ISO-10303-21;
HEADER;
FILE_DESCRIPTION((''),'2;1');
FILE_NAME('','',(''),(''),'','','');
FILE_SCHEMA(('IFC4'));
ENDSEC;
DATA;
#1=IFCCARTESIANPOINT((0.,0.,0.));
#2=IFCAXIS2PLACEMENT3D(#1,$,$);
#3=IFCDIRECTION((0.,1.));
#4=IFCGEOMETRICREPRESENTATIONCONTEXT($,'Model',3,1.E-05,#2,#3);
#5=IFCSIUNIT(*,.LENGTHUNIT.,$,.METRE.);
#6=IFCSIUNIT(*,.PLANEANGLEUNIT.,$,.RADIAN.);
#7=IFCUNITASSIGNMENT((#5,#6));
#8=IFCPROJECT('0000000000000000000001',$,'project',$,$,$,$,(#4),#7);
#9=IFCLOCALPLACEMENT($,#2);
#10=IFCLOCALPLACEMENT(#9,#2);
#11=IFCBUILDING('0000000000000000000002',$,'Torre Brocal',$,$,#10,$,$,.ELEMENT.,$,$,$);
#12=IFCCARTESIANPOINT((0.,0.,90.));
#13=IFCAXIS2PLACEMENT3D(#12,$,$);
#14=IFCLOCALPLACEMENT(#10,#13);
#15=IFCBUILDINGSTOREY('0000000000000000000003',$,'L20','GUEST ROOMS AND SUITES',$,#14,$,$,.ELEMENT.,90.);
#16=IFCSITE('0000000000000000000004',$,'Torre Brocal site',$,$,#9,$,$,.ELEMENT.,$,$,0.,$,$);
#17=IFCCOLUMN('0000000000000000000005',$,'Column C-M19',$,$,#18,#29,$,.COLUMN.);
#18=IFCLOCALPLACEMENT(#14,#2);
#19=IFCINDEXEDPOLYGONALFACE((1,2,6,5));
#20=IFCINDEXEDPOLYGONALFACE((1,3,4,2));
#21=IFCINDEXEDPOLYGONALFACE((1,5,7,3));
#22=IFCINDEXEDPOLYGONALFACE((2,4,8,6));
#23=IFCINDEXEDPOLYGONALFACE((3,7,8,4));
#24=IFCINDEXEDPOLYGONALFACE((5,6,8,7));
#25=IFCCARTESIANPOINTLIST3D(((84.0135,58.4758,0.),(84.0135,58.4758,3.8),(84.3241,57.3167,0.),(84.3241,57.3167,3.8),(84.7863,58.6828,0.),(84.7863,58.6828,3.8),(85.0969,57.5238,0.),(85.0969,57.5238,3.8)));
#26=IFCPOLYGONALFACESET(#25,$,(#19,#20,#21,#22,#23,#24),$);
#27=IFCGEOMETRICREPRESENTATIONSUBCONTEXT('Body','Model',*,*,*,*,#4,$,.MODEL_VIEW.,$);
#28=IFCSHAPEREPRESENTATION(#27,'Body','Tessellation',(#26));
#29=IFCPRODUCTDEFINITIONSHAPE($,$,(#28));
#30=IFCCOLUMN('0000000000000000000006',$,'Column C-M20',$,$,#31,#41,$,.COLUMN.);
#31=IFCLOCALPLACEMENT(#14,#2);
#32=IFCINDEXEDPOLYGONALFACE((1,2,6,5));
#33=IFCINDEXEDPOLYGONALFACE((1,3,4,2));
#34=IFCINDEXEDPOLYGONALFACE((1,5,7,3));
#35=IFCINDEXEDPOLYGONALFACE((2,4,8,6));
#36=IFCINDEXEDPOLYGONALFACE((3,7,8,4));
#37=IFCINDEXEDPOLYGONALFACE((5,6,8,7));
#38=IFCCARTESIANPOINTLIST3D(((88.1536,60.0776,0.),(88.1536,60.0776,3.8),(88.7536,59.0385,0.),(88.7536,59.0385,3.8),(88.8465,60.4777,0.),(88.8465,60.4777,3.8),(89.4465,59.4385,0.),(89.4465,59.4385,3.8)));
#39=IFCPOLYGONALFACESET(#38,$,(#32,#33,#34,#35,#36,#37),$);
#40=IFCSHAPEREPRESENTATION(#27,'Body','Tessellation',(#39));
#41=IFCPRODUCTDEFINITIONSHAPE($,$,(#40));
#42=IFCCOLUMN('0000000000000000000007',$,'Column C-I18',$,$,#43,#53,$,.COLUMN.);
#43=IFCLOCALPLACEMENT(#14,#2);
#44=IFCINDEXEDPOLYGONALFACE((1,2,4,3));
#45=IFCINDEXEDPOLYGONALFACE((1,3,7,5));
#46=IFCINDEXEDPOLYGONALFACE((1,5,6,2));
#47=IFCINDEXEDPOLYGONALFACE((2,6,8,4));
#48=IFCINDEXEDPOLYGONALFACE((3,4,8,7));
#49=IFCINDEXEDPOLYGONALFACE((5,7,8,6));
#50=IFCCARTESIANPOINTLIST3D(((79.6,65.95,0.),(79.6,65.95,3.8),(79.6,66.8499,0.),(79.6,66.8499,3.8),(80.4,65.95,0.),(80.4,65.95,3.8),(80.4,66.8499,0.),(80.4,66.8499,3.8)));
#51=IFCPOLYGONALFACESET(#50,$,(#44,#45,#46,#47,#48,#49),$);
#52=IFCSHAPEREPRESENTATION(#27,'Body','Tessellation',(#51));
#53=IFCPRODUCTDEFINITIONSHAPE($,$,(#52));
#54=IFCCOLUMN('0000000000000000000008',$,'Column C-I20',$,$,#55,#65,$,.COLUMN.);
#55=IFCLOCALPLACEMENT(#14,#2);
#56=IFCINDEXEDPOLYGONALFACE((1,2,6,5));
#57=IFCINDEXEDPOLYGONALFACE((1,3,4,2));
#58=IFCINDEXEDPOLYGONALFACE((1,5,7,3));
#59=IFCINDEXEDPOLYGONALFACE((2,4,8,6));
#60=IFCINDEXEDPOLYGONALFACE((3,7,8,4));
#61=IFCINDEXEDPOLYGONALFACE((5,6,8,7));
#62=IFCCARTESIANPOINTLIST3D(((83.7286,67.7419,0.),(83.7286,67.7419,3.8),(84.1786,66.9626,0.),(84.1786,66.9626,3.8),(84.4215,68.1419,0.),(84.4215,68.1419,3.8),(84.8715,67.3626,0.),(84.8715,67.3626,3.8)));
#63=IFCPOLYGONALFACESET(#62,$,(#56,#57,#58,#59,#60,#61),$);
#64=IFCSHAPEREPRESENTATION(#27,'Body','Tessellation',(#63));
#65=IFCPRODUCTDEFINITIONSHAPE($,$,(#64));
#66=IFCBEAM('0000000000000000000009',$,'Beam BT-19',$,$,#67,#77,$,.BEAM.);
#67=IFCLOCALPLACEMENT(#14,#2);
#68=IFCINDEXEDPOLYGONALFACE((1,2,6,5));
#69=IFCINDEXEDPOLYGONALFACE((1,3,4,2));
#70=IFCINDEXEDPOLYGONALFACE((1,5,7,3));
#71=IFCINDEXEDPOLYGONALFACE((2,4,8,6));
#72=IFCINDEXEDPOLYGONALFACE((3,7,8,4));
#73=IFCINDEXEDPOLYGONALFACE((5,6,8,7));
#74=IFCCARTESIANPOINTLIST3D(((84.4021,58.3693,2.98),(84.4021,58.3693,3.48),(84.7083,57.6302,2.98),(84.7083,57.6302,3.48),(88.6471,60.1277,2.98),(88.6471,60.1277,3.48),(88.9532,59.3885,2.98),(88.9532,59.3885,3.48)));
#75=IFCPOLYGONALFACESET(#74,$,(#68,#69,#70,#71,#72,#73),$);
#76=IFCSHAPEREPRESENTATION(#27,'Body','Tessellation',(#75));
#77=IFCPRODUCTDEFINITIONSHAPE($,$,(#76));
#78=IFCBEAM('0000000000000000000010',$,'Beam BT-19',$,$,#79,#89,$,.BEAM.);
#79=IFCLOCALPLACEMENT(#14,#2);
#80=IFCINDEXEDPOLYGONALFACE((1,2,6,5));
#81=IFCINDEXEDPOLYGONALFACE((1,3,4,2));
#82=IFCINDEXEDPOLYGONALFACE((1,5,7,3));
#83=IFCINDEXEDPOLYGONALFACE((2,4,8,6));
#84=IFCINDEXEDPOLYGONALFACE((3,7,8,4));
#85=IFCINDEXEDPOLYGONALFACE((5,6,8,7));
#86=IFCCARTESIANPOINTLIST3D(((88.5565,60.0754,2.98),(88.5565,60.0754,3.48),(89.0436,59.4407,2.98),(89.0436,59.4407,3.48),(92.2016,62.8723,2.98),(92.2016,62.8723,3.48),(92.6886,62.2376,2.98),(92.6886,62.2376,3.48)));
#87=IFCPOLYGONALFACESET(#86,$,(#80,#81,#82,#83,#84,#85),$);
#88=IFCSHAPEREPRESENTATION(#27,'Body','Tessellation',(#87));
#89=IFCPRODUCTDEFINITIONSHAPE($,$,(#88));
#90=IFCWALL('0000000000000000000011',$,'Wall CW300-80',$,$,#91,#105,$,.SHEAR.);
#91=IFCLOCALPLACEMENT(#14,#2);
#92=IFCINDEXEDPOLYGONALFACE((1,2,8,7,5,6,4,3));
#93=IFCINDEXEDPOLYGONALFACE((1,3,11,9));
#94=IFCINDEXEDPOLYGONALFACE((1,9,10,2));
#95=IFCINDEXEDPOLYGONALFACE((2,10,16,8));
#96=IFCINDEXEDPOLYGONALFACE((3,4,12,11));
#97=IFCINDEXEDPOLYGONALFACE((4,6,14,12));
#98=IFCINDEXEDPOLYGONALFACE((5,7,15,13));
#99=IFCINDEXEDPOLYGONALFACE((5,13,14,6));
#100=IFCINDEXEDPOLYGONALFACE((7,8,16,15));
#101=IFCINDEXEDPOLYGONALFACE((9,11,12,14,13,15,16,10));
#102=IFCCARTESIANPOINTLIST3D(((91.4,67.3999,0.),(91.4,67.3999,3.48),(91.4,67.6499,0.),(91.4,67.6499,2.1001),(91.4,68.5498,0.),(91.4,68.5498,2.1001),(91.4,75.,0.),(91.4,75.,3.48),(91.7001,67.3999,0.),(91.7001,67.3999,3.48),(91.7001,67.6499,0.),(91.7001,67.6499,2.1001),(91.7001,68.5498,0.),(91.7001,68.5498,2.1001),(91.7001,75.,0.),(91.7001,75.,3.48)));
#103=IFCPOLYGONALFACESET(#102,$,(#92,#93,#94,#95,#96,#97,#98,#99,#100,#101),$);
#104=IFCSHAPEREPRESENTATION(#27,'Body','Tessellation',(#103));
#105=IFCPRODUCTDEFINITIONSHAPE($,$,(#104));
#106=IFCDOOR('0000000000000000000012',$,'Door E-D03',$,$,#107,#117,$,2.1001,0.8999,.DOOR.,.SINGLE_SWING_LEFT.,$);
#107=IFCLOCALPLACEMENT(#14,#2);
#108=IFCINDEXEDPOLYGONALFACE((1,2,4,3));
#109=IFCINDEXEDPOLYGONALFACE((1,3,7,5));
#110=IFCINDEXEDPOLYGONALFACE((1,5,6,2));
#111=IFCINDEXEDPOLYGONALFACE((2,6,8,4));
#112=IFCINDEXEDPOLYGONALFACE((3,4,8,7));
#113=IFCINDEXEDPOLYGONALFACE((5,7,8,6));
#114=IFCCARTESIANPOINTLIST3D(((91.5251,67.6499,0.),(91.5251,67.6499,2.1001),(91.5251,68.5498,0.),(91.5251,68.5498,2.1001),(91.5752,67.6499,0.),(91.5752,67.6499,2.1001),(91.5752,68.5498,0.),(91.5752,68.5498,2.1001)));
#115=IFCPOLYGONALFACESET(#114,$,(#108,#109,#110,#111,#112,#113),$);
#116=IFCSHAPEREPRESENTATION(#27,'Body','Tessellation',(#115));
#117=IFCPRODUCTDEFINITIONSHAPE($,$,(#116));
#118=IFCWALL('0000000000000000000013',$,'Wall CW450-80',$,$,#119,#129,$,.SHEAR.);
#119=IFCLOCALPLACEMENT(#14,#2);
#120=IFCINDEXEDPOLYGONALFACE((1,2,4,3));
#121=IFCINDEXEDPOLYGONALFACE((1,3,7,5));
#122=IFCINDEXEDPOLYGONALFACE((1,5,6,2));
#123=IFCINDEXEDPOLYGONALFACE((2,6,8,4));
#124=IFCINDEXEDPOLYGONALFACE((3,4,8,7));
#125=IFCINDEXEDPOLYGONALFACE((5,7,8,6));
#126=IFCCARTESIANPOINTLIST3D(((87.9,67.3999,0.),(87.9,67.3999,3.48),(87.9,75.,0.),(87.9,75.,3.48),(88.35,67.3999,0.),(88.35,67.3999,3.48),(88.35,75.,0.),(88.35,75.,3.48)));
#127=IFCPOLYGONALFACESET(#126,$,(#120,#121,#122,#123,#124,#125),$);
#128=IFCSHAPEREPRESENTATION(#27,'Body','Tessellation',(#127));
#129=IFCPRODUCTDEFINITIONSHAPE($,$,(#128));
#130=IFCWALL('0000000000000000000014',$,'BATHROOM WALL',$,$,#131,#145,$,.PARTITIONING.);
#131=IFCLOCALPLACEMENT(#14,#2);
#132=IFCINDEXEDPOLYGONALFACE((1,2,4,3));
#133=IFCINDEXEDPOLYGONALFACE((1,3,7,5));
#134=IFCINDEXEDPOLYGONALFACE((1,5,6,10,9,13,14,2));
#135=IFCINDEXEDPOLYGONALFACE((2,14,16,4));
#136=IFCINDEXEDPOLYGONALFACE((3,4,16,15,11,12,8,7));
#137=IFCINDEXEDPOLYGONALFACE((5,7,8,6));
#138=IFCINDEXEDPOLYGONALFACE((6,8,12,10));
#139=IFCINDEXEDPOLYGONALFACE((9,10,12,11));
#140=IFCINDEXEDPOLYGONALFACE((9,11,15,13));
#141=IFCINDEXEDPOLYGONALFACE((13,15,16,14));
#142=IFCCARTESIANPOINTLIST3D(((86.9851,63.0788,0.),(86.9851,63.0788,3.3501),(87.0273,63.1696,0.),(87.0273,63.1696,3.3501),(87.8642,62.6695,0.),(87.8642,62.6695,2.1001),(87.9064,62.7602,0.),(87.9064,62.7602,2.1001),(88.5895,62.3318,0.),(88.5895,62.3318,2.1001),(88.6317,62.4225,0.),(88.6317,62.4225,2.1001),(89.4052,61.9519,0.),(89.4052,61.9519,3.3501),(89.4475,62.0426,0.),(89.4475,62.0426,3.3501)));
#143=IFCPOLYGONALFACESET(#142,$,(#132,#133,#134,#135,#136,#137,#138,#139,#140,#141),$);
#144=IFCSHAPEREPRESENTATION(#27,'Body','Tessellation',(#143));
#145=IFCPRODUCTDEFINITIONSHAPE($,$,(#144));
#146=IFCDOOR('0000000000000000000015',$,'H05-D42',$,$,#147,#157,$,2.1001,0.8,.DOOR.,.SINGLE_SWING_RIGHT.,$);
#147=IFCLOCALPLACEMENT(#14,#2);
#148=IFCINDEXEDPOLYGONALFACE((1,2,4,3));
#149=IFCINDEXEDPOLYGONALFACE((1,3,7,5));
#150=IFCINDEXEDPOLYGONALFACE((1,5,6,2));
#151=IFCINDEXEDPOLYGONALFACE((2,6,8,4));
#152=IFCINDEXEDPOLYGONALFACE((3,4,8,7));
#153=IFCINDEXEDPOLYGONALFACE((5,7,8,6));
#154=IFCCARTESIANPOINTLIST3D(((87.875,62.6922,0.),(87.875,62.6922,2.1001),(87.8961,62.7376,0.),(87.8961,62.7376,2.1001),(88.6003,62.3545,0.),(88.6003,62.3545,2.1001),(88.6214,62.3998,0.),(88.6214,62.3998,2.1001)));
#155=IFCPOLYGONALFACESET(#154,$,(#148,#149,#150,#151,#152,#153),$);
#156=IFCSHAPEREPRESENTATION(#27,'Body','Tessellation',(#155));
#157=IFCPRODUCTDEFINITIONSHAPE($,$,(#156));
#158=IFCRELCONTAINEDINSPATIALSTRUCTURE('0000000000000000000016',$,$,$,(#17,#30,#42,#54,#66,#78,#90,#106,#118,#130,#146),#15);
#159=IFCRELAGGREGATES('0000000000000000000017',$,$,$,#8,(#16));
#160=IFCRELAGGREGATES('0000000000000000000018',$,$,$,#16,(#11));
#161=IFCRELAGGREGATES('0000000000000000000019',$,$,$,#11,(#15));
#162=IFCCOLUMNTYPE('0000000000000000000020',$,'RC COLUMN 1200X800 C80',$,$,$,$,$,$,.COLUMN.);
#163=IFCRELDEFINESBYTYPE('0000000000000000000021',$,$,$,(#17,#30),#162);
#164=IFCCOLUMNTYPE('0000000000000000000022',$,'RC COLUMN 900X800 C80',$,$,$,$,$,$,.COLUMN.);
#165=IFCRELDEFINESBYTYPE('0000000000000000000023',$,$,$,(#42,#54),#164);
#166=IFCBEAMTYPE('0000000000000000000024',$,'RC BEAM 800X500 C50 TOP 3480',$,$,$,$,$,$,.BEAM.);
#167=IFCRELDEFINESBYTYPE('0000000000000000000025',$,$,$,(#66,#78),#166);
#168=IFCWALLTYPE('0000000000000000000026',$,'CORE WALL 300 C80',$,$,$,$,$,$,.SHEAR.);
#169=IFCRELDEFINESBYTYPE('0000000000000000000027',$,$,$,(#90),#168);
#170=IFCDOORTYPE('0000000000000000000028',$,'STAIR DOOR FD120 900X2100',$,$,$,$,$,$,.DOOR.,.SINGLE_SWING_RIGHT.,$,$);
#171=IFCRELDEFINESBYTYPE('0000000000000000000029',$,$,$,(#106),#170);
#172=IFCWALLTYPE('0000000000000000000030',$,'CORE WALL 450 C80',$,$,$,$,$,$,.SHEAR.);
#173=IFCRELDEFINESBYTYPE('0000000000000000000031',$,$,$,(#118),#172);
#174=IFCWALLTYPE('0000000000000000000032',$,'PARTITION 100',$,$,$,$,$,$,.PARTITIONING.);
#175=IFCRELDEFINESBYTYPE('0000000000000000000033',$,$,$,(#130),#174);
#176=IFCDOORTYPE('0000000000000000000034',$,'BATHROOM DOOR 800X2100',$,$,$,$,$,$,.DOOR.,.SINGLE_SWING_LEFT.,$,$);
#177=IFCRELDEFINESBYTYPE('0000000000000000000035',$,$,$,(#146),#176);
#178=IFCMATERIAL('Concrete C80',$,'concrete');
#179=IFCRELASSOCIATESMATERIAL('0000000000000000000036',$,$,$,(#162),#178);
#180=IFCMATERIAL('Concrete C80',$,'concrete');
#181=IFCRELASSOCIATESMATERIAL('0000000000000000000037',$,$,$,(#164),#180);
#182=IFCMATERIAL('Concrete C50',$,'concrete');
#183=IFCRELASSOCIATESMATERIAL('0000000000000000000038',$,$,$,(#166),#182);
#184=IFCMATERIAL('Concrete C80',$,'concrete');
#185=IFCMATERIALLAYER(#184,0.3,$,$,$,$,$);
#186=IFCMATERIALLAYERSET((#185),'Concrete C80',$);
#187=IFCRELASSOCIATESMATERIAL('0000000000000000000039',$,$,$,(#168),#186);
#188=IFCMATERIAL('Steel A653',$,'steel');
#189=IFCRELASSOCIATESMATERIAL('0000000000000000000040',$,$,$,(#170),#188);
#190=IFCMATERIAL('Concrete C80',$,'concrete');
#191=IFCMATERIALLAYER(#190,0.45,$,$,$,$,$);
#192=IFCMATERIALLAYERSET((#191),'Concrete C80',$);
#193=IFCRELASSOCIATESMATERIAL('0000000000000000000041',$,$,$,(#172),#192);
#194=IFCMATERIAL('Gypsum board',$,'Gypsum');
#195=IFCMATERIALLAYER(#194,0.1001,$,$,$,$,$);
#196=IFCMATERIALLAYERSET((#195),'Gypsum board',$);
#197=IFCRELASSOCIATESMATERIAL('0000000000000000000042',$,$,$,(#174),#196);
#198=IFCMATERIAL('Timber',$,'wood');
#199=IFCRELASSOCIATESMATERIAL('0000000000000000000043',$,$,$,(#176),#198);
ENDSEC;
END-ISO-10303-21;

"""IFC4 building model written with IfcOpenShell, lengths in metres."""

from ifc_helpers import new_model, si_unit, direction, frame, frame_2d, origin, origin_2d, place, context, subcontext, project, spatial, rectangle, extrude, material, layer, layer_set, material_profile, profile_set, type_object, element, fill, save


model = new_model("IFC4")

# Units and contexts
model_context = context("Model", 3, precision=1e-05, world=origin(), true_north=direction((0.0, 1.0)))
body_context = subcontext(model_context, "Body", "Model", "MODEL_VIEW")
ifc_project = project(units=[si_unit("LENGTHUNIT", "METRE"), si_unit("PLANEANGLEUNIT", "RADIAN")], contexts=[model_context])

# Site, building, storey
site_placement = place(None, origin())
site = spatial("IfcSite", under=ifc_project, at=site_placement, Name="Torre Brocal site", CompositionType="ELEMENT", RefElevation=0.0)
building_placement = place(site_placement, origin())
building = spatial("IfcBuilding", under=site, at=building_placement, Name="Torre Brocal", CompositionType="ELEMENT")
storey_placement = place(building_placement, frame((0.0, 0.0, 90.0)))
storey = spatial("IfcBuildingStorey", under=building, at=storey_placement, Name="L20", Description="GUEST ROOMS AND SUITES", CompositionType="ELEMENT", Elevation=90.0)

# Columns
ifc_material_1 = material(Name="Concrete C80", Category="concrete")
ifc_material_profile_1 = material_profile(ifc_material_1, rectangle(XDim=1.2, YDim=0.8, at=origin_2d()), Name="RC 1200X800")
ifc_profile_set_1 = profile_set([ifc_material_profile_1], Name="Concrete C80")
column_type_1 = type_object("IfcColumnType", Name="RC COLUMN 1200X800 C80", PredefinedType="COLUMN", material=ifc_profile_set_1)
for number, where, z_axis, x_axis, name in (
    (1, (84.5552, 57.9998, 0.0), (0.0, 0.0, 1.0), (0.258819, -0.965926, 0.0), "Column C-M19"),
    (2, (88.8, 59.7581, 0.0), (0.0, 0.0, 1.0), (0.5, -0.866025, 0.0), "Column C-M20"),
):
    element("IfcColumn", number, at=place(storey_placement, frame(where, z_axis=z_axis, x_axis=x_axis)), inside=storey, type_object=column_type_1, Name=name, PredefinedType="COLUMN", context=body_context, shape_type="SweptSolid", body=[
        extrude(rectangle(XDim=1.2, YDim=0.8, at=origin_2d()), origin(), (0.0, 0.0, 1.0), 3.8),
    ])
ifc_material_2 = material(Name="Concrete C80", Category="concrete")
ifc_material_profile_2 = material_profile(ifc_material_2, rectangle(XDim=0.8999, YDim=0.8, at=origin_2d()), Name="RC 900X800")
ifc_profile_set_2 = profile_set([ifc_material_profile_2], Name="Concrete C80")
column_type_2 = type_object("IfcColumnType", Name="RC COLUMN 900X800 C80", PredefinedType="COLUMN", material=ifc_profile_set_2)
for number, where, z_axis, x_axis, name in (
    (3, (80.0, 66.3999, 0.0), (0.0, 0.0, 1.0), (0.0, -1.0, 0.0), "Column C-I18"),
    (4, (84.3, 67.5522, 0.0), (0.0, 0.0, 1.0), (0.5, -0.866025, 0.0), "Column C-I20"),
):
    element("IfcColumn", number, at=place(storey_placement, frame(where, z_axis=z_axis, x_axis=x_axis)), inside=storey, type_object=column_type_2, Name=name, PredefinedType="COLUMN", context=body_context, shape_type="SweptSolid", body=[
        extrude(rectangle(XDim=0.8999, YDim=0.8, at=origin_2d()), origin(), (0.0, 0.0, 1.0), 3.8),
    ])

# Beams
ifc_material_3 = material(Name="Concrete C50", Category="concrete")
ifc_material_profile_3 = material_profile(ifc_material_3, rectangle(XDim=0.8, YDim=0.5, at=origin_2d()), Name="RC 800X500")
ifc_profile_set_3 = profile_set([ifc_material_profile_3], Name="Concrete C50")
beam_type = type_object("IfcBeamType", Name="RC BEAM 800X500 C50 TOP 3480", PredefinedType="BEAM", material=ifc_profile_set_3)
beam_1_placement = place(storey_placement, frame((84.5552, 57.9998, 3.23), z_axis=(0.923878, 0.382687, 0.0), x_axis=(-0.382687, 0.923878, 0.0)))
element("IfcBeam", 5, at=beam_1_placement, inside=storey, type_object=beam_type, Name="Beam BT-19", PredefinedType="BEAM", context=body_context, shape_type="SweptSolid", body=[
    extrude(rectangle(XDim=0.8, YDim=0.5, at=origin_2d()), origin(), (0.0, 0.0, 1.0), 4.5947),
])
beam_2_placement = place(storey_placement, frame((88.8, 59.7581, 3.23), z_axis=(0.793358, 0.608755, 0.0), x_axis=(-0.608755, 0.793358, 0.0)))
element("IfcBeam", 6, at=beam_2_placement, inside=storey, type_object=beam_type, Name="Beam BT-19", PredefinedType="BEAM", context=body_context, shape_type="SweptSolid", body=[
    extrude(rectangle(XDim=0.8, YDim=0.5, at=origin_2d()), origin(), (0.0, 0.0, 1.0), 4.5945),
])

# Wall, opening, door
ifc_material_4 = material(Name="Concrete C80", Category="concrete")
ifc_layer_1 = layer(ifc_material_4, 0.3)
ifc_layer_set_1 = layer_set([ifc_layer_1], Name="Concrete C80")
wall_type_1 = type_object("IfcWallType", Name="CORE WALL 300 C80", PredefinedType="SHEAR", material=ifc_layer_set_1)
wall_1_placement = place(storey_placement, frame((91.55, 67.3999, 0.0), z_axis=(0.0, 0.0, 1.0), x_axis=(0.0, 1.0, 0.0)))
wall_1 = element("IfcWall", 7, at=wall_1_placement, inside=storey, type_object=wall_type_1, Name="Wall CW300-80", PredefinedType="SHEAR", context=body_context, shape_type="SweptSolid", body=[
    extrude(rectangle(XDim=7.6001, YDim=0.3, at=frame_2d((3.8, 0.0))), origin(), (0.0, 0.0, 1.0), 3.48),
])
opening_1_placement = place(wall_1_placement, frame((0.25, 0.0, 0.0)))
opening_1 = element("IfcOpeningElement", 8, at=opening_1_placement, cuts=wall_1, PredefinedType="OPENING", context=body_context, shape_type="SweptSolid", body=[
    extrude(rectangle(XDim=0.8999, YDim=2.1001, at=frame_2d((0.45, 1.05))), frame((0.0, 0.1599, 0.0), z_axis=(0.0, -1.0, 0.0), x_axis=(1.0, 0.0, 0.0)), (0.0, 0.0, 1.0), 0.3201),
])
ifc_material_5 = material(Name="Steel A653", Category="steel")
door_type_1 = type_object("IfcDoorType", Name="STAIR DOOR FD120 900X2100", OperationType="SINGLE_SWING_RIGHT", PredefinedType="DOOR", material=ifc_material_5)
door_1_placement = place(opening_1_placement, origin())
door_1 = element("IfcDoor", 9, at=door_1_placement, inside=storey, type_object=door_type_1, Name="Door E-D03", OperationType="SINGLE_SWING_LEFT", OverallHeight=2.1001, OverallWidth=0.8999, PredefinedType="DOOR", context=body_context, shape_type="SweptSolid", body=[
    extrude(rectangle(XDim=0.8999, YDim=2.1001, at=frame_2d((0.45, 1.05))), frame((0.0, 0.0249, 0.0), z_axis=(0.0, -1.0, 0.0), x_axis=(1.0, 0.0, 0.0)), (0.0, 0.0, 1.0), 0.05),
])
fill(opening_1, door_1)

# Wall
ifc_material_6 = material(Name="Concrete C80", Category="concrete")
ifc_layer_2 = layer(ifc_material_6, 0.45)
ifc_layer_set_2 = layer_set([ifc_layer_2], Name="Concrete C80")
wall_type_2 = type_object("IfcWallType", Name="CORE WALL 450 C80", PredefinedType="SHEAR", material=ifc_layer_set_2)
wall_2_placement = place(storey_placement, frame((88.125, 67.3999, 0.0), z_axis=(0.0, 0.0, 1.0), x_axis=(0.0, 1.0, 0.0)))
element("IfcWall", 10, at=wall_2_placement, inside=storey, type_object=wall_type_2, Name="Wall CW450-80", PredefinedType="SHEAR", context=body_context, shape_type="SweptSolid", body=[
    extrude(rectangle(XDim=7.6001, YDim=0.45, at=frame_2d((3.8, 0.0))), origin(), (0.0, 0.0, 1.0), 3.48),
])

# Wall, opening, door
ifc_material_7 = material(Name="Gypsum board", Category="Gypsum")
ifc_layer_3 = layer(ifc_material_7, 0.1001)
ifc_layer_set_3 = layer_set([ifc_layer_3], Name="Gypsum board")
wall_type_3 = type_object("IfcWallType", Name="PARTITION 100", PredefinedType="PARTITIONING", material=ifc_layer_set_3)
wall_3_placement = place(storey_placement, frame((87.0061, 63.1243, 0.0), z_axis=(0.0, 0.0, 1.0), x_axis=(0.906536, -0.422129, 0.0)))
wall_3 = element("IfcWall", 11, at=wall_3_placement, inside=storey, type_object=wall_type_3, Name="BATHROOM WALL", PredefinedType="PARTITIONING", context=body_context, shape_type="SweptSolid", body=[
    extrude(rectangle(XDim=2.6697, YDim=0.1001, at=frame_2d((1.335, 0.0))), origin(), (0.0, 0.0, 1.0), 3.3501),
])
opening_2_placement = place(wall_3_placement, frame((0.97, 0.0, 0.0)))
opening_2 = element("IfcOpeningElement", 12, at=opening_2_placement, cuts=wall_3, PredefinedType="OPENING", context=body_context, shape_type="SweptSolid", body=[
    extrude(rectangle(XDim=0.8, YDim=2.1001, at=frame_2d((0.3999, 1.05))), frame((0.0, 0.0601, 0.0), z_axis=(0.0, -1.0, 0.0), x_axis=(1.0, 0.0, 0.0)), (0.0, 0.0, 1.0), 0.1201),
])
ifc_material_8 = material(Name="Timber", Category="wood")
door_type_2 = type_object("IfcDoorType", Name="BATHROOM DOOR 800X2100", OperationType="SINGLE_SWING_LEFT", PredefinedType="DOOR", material=ifc_material_8)
door_2_placement = place(opening_2_placement, frame((0.8, 0.0, 0.0), z_axis=(0.0, 0.0, 1.0), x_axis=(-1.0, 0.0, 0.0)))
door_2 = element("IfcDoor", 13, at=door_2_placement, inside=storey, type_object=door_type_2, Name="H05-D42", OperationType="SINGLE_SWING_RIGHT", OverallHeight=2.1001, OverallWidth=0.8, PredefinedType="DOOR", context=body_context, shape_type="SweptSolid", body=[
    extrude(rectangle(XDim=0.8, YDim=2.1001, at=frame_2d((0.3999, 1.05))), frame((0.0, 0.0249, 0.0), z_axis=(0.0, -1.0, 0.0), x_axis=(1.0, 0.0, 0.0)), (0.0, 0.0, 1.0), 0.05),
])
fill(opening_2, door_2)

save(model, "model.ifc")
